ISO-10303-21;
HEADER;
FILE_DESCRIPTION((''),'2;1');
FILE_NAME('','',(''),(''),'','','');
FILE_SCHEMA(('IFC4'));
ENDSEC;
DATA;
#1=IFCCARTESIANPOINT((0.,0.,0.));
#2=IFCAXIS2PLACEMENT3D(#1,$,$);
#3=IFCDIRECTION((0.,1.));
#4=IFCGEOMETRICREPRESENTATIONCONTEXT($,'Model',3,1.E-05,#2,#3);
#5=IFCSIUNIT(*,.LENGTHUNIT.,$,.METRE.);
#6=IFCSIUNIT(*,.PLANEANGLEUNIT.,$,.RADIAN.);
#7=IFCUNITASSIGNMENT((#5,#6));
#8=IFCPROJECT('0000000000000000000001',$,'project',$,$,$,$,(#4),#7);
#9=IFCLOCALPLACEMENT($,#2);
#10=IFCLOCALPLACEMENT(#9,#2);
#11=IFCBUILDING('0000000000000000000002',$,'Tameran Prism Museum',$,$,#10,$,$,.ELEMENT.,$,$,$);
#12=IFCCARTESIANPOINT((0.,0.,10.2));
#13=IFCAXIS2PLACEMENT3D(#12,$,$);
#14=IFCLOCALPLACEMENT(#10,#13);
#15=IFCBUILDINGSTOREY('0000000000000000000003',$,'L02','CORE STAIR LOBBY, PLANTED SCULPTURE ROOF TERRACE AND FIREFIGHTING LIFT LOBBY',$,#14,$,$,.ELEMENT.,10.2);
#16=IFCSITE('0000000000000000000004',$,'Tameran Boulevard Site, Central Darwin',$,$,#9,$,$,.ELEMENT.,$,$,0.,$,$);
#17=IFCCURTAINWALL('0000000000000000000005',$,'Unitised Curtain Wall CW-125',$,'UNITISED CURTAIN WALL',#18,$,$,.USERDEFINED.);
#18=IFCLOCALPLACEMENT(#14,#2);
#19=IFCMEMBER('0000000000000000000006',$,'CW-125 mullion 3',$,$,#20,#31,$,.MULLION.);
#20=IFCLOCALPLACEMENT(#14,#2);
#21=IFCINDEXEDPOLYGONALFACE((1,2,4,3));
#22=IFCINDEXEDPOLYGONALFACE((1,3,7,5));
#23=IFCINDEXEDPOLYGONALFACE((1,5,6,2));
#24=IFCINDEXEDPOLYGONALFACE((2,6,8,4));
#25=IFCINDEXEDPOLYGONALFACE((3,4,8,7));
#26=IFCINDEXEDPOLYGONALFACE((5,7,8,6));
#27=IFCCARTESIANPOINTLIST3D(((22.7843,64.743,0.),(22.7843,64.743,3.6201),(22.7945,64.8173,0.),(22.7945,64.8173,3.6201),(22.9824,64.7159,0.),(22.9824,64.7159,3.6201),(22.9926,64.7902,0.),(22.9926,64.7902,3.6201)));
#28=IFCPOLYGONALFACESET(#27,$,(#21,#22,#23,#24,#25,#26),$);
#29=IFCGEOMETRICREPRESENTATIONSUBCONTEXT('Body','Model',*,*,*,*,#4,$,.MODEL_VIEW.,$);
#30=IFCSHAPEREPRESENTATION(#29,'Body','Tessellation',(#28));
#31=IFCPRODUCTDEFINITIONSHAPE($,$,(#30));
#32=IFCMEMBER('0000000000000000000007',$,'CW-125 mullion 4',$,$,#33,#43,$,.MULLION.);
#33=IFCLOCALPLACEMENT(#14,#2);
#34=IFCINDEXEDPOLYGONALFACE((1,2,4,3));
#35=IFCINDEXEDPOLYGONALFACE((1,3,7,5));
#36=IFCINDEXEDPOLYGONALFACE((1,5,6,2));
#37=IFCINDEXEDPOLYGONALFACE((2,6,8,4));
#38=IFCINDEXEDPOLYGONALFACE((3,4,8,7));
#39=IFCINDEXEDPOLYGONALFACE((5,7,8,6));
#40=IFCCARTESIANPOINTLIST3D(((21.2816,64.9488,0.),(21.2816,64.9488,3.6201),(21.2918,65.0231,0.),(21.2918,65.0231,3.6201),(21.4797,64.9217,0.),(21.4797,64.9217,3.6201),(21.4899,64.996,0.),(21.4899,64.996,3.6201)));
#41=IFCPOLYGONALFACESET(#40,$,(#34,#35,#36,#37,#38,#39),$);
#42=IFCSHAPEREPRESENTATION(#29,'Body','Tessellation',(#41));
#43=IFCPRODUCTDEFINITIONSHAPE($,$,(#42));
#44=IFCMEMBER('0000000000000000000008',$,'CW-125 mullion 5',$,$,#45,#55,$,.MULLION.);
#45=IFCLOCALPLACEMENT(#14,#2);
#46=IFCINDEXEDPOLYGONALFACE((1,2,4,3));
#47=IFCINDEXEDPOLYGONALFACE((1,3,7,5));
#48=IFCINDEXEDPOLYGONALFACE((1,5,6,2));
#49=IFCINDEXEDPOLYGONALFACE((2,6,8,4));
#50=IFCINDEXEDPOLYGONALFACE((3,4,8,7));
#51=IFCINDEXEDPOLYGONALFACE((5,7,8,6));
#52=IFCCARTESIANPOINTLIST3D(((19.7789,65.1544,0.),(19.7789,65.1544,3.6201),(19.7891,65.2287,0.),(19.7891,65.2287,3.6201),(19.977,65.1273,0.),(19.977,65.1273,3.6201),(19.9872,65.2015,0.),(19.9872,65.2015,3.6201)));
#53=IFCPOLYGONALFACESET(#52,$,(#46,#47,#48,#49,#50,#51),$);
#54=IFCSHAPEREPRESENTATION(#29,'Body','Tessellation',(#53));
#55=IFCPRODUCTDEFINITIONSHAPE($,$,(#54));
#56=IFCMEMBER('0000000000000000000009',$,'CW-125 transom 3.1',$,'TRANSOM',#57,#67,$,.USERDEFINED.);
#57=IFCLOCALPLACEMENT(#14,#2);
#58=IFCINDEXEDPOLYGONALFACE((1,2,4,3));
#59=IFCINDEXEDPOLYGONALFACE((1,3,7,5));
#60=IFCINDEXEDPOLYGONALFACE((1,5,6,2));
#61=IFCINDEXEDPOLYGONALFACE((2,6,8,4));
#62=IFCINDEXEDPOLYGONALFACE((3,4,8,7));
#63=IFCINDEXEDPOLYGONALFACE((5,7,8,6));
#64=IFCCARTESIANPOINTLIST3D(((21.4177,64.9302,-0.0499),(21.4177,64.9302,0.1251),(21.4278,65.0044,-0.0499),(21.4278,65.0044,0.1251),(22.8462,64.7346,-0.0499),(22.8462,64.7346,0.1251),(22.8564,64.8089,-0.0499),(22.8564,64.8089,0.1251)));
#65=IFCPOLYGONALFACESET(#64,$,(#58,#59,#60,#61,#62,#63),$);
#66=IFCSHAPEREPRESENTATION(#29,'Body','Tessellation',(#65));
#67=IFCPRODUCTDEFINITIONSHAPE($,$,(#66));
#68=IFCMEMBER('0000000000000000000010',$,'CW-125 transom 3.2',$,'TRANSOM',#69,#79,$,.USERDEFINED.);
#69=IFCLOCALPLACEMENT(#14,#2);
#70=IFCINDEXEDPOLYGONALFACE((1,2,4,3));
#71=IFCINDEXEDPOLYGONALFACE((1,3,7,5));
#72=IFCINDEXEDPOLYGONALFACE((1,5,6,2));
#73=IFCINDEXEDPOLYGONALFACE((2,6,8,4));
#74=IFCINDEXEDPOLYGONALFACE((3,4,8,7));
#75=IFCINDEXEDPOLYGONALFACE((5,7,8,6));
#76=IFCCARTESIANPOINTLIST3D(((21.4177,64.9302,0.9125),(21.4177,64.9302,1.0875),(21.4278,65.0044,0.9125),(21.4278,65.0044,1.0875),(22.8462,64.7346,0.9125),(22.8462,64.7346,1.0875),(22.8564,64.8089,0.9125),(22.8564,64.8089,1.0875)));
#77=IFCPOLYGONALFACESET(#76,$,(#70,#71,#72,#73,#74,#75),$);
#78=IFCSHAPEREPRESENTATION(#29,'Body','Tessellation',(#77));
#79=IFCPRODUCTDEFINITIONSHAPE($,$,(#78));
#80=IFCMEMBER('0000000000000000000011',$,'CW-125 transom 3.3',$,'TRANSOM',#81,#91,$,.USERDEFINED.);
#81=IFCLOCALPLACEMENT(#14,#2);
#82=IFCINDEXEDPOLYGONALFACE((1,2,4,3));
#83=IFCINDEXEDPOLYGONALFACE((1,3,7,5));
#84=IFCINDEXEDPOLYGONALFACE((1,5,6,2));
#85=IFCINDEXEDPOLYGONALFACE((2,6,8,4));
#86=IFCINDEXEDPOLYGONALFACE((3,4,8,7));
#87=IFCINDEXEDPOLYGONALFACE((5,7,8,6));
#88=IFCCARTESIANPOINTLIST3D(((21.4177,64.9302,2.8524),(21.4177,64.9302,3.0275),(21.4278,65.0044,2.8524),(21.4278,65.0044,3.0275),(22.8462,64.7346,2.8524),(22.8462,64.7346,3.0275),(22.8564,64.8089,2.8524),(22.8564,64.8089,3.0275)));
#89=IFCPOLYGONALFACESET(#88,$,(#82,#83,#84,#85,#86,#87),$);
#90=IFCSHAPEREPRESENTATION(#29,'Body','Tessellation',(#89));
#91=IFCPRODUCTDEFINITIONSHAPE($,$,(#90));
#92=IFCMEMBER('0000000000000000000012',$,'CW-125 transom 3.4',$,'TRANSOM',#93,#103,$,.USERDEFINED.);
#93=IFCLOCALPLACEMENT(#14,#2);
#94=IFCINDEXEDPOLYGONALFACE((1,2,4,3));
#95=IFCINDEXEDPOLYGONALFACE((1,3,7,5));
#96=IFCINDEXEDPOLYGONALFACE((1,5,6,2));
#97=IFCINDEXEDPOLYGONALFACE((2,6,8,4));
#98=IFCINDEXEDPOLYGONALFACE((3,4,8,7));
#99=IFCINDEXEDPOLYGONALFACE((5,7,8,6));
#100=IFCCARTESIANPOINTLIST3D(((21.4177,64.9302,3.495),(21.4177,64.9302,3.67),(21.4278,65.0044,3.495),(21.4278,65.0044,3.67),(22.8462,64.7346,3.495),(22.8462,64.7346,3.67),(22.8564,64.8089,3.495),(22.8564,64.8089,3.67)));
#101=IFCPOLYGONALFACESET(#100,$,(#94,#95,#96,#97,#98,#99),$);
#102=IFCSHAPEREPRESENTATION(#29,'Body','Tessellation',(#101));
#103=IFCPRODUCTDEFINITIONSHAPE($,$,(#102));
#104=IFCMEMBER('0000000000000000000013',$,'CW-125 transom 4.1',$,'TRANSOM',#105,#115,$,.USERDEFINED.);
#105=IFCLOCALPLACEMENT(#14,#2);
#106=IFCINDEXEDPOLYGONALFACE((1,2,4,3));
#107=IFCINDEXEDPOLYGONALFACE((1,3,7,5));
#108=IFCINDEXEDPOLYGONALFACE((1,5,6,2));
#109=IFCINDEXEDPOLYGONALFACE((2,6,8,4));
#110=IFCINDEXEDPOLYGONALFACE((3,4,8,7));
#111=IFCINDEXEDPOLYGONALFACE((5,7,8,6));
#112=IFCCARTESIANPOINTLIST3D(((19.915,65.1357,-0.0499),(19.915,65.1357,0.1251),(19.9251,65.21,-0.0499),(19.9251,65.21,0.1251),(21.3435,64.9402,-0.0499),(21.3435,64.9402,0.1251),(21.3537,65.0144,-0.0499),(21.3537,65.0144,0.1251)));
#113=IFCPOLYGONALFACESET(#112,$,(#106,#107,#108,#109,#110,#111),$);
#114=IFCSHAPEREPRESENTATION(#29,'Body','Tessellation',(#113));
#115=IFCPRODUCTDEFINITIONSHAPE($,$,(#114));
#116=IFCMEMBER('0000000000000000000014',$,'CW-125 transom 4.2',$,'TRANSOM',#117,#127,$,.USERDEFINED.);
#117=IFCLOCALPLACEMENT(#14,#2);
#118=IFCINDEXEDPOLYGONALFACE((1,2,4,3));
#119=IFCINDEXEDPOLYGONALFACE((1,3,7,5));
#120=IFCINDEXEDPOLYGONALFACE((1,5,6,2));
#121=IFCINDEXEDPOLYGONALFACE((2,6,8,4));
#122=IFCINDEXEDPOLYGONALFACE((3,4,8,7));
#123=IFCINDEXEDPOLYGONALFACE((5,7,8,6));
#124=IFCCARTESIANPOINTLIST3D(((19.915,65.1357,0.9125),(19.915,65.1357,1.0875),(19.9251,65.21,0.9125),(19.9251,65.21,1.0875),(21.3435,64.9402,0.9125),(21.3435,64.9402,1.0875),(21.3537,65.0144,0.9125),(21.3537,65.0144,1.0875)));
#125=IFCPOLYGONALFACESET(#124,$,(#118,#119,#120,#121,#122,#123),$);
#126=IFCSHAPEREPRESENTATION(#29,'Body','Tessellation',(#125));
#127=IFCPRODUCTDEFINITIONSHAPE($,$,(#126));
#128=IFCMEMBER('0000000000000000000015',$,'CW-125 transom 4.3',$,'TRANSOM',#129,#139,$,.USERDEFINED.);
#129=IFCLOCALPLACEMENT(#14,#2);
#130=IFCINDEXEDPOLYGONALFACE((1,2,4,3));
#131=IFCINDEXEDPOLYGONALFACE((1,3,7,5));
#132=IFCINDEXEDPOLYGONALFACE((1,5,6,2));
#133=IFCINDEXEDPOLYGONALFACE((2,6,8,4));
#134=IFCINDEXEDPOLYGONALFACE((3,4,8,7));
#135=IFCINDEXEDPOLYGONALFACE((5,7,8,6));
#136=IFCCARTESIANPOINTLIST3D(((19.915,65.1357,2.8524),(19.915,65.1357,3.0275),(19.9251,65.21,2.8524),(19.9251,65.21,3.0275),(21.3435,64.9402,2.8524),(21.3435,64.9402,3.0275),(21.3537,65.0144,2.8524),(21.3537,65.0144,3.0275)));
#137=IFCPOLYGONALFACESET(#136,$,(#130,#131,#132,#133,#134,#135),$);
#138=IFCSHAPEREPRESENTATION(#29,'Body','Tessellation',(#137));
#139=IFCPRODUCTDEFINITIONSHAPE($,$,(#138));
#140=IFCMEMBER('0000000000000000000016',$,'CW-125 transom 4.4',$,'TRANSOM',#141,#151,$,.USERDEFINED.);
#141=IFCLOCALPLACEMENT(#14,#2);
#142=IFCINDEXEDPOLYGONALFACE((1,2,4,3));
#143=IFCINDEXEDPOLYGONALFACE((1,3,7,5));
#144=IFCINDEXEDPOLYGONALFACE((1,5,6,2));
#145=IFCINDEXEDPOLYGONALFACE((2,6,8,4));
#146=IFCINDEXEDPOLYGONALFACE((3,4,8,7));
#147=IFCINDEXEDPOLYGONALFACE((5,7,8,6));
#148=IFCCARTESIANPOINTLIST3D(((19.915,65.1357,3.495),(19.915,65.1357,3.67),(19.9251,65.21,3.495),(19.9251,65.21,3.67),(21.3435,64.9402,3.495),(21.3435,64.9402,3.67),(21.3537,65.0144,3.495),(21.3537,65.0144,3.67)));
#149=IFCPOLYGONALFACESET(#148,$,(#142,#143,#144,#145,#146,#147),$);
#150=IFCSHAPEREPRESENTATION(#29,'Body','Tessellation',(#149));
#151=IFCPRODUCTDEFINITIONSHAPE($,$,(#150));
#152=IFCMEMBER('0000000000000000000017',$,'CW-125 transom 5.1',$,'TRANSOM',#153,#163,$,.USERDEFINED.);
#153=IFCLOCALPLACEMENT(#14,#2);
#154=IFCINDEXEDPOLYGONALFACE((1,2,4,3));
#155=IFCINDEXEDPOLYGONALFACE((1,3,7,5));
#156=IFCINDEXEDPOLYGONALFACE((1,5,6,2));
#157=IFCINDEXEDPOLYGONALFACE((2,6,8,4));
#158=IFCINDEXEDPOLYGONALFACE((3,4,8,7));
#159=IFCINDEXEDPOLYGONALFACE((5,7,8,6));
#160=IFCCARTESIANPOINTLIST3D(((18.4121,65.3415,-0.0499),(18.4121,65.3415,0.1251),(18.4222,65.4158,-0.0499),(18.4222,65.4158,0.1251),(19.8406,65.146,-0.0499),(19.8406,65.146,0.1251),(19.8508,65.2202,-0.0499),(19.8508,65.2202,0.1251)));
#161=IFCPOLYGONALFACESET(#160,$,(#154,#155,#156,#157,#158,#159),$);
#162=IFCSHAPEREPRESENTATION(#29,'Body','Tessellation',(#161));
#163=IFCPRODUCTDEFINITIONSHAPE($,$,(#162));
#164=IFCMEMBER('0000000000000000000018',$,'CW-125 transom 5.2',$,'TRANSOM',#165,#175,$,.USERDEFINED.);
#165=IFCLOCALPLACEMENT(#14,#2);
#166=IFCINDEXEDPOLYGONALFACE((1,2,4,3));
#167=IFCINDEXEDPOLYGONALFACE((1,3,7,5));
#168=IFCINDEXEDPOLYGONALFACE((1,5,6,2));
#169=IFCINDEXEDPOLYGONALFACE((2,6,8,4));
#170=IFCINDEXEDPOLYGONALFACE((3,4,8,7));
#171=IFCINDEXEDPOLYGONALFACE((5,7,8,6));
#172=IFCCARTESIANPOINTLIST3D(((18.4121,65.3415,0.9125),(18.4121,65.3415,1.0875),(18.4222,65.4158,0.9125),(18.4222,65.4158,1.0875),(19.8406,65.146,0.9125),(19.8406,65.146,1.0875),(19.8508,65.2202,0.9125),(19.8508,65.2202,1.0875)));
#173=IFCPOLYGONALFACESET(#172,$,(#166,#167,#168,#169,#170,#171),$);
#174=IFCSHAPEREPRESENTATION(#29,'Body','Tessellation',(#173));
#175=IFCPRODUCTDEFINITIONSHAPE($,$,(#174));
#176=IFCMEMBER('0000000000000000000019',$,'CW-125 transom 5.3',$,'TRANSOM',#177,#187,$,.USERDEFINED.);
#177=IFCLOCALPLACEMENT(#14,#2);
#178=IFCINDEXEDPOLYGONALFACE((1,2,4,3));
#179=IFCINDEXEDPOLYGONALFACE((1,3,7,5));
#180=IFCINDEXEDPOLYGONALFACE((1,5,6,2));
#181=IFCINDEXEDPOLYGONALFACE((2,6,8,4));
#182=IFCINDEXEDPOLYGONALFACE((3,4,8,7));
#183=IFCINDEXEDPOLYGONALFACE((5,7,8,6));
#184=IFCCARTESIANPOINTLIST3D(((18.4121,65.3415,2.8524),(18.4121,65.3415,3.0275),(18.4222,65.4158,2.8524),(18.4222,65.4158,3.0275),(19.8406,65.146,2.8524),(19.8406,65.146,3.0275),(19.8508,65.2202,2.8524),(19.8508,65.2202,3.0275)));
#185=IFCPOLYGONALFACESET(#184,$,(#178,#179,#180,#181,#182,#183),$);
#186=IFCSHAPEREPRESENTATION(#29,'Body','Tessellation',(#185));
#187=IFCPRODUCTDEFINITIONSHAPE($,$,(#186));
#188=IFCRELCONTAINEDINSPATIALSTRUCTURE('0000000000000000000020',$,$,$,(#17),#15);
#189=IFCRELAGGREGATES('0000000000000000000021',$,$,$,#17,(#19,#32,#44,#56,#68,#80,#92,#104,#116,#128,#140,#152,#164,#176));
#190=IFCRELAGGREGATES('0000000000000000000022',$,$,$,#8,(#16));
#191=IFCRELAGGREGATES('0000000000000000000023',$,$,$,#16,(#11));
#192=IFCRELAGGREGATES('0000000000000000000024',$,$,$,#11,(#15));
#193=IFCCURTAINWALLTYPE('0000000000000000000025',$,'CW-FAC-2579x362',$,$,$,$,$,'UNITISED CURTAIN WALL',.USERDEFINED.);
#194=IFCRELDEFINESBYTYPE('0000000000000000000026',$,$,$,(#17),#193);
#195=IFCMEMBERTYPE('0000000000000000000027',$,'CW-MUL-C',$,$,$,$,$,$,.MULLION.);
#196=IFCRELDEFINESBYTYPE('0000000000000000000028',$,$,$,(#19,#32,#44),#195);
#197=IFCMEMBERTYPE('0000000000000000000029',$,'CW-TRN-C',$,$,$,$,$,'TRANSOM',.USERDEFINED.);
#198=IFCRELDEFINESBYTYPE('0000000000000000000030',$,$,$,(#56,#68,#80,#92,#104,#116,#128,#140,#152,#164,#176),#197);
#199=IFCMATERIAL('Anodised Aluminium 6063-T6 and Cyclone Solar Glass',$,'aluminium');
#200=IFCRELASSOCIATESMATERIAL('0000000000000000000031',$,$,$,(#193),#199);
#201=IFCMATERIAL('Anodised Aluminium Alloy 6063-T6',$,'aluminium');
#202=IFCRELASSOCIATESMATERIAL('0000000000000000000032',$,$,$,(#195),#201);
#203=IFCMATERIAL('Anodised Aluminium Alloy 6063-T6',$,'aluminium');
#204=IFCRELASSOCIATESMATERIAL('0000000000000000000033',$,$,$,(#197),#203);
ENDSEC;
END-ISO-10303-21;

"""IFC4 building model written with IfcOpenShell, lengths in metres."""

from ifc_helpers import new_model, si_unit, direction, frame, origin, origin_2d, place, context, subcontext, project, spatial, rectangle, extrude, material, material_profile, profile_set, type_object, element, aggregate, save


model = new_model("IFC4")

# Units and contexts
model_context = context("Model", 3, precision=1e-05, world=origin(), true_north=direction((0.0, 1.0)))
body_context = subcontext(model_context, "Body", "Model", "MODEL_VIEW")
ifc_project = project(units=[si_unit("LENGTHUNIT", "METRE"), si_unit("PLANEANGLEUNIT", "RADIAN")], contexts=[model_context])

# Site, building, storey
site_placement = place(None, origin())
site = spatial("IfcSite", under=ifc_project, at=site_placement, Name="Tameran Boulevard Site, Central Darwin", CompositionType="ELEMENT", RefElevation=0.0)
building_placement = place(site_placement, origin())
building = spatial("IfcBuilding", under=site, at=building_placement, Name="Tameran Prism Museum", CompositionType="ELEMENT")
storey_placement = place(building_placement, frame((0.0, 0.0, 10.2)))
storey = spatial("IfcBuildingStorey", under=building, at=storey_placement, Name="L02", Description="CORE STAIR LOBBY, PLANTED SCULPTURE ROOF TERRACE AND FIREFIGHTING LIFT LOBBY", CompositionType="ELEMENT", Elevation=10.2)

# Curtain wall, members
ifc_material_1 = material(Name="Anodised Aluminium 6063-T6 and Cyclone Solar Glass", Category="aluminium")
curtain_wall_type = type_object("IfcCurtainWallType", Name="CW-FAC-2579x362", ElementType="UNITISED CURTAIN WALL", PredefinedType="USERDEFINED", material=ifc_material_1)
curtain_wall_placement = place(storey_placement, origin())
curtain_wall = element("IfcCurtainWall", 1, at=curtain_wall_placement, inside=storey, type_object=curtain_wall_type, Name="Unitised Curtain Wall CW-125", ObjectType="UNITISED CURTAIN WALL", PredefinedType="USERDEFINED")
ifc_material_2 = material(Name="Anodised Aluminium Alloy 6063-T6", Category="aluminium")
ifc_material_profile_1 = material_profile(ifc_material_2, rectangle(XDim=0.075, YDim=0.2, at=origin_2d()))
ifc_profile_set_1 = profile_set([ifc_material_profile_1])
member_type_1 = type_object("IfcMemberType", Name="CW-MUL-C", PredefinedType="MULLION", material=ifc_profile_set_1)
member_1_placement = place(storey_placement, frame((22.8884, 64.7666, 0.0), z_axis=(0.0, 0.0, 1.0), x_axis=(-0.135658, -0.990756, 0.0)))
member_1 = element("IfcMember", 2, at=member_1_placement, type_object=member_type_1, Name="CW-125 mullion 3", PredefinedType="MULLION", context=body_context, shape_type="SweptSolid", body=[
    extrude(rectangle(XDim=0.075, YDim=0.2, at=origin_2d()), origin(), (0.0, 0.0, 1.0), 3.6201),
])
member_2_placement = place(storey_placement, frame((21.3857, 64.9724, 0.0), z_axis=(0.0, 0.0, 1.0), x_axis=(-0.135658, -0.990756, 0.0)))
member_2 = element("IfcMember", 3, at=member_2_placement, type_object=member_type_1, Name="CW-125 mullion 4", PredefinedType="MULLION", context=body_context, shape_type="SweptSolid", body=[
    extrude(rectangle(XDim=0.075, YDim=0.2, at=origin_2d()), origin(), (0.0, 0.0, 1.0), 3.6201),
])
member_3_placement = place(storey_placement, frame((19.8831, 65.178, 0.0), z_axis=(0.0, 0.0, 1.0), x_axis=(-0.135658, -0.990756, 0.0)))
member_3 = element("IfcMember", 4, at=member_3_placement, type_object=member_type_1, Name="CW-125 mullion 5", PredefinedType="MULLION", context=body_context, shape_type="SweptSolid", body=[
    extrude(rectangle(XDim=0.075, YDim=0.2, at=origin_2d()), origin(), (0.0, 0.0, 1.0), 3.6201),
])
ifc_material_3 = material(Name="Anodised Aluminium Alloy 6063-T6", Category="aluminium")
ifc_material_profile_2 = material_profile(ifc_material_3, rectangle(XDim=0.075, YDim=0.175, at=origin_2d()))
ifc_profile_set_2 = profile_set([ifc_material_profile_2])
member_type_2 = type_object("IfcMemberType", Name="CW-TRN-C", ElementType="TRANSOM", PredefinedType="USERDEFINED", material=ifc_profile_set_2)
member_4_placement = place(storey_placement, frame((22.8513, 64.7717, 0.0376), z_axis=(-0.990759, 0.135635, 0.0), x_axis=(-0.135635, -0.990759, 0.0)))
member_4 = element("IfcMember", 5, at=member_4_placement, type_object=member_type_2, Name="CW-125 transom 3.1", ObjectType="TRANSOM", PredefinedType="USERDEFINED", context=body_context, shape_type="SweptSolid", body=[
    extrude(rectangle(XDim=0.075, YDim=0.175, at=origin_2d()), origin(), (0.0, 0.0, 1.0), 1.4419),
])
member_5_placement = place(storey_placement, frame((22.8513, 64.7717, 1.0), z_axis=(-0.990759, 0.135635, 0.0), x_axis=(-0.135635, -0.990759, 0.0)))
member_5 = element("IfcMember", 6, at=member_5_placement, type_object=member_type_2, Name="CW-125 transom 3.2", ObjectType="TRANSOM", PredefinedType="USERDEFINED", context=body_context, shape_type="SweptSolid", body=[
    extrude(rectangle(XDim=0.075, YDim=0.175, at=origin_2d()), origin(), (0.0, 0.0, 1.0), 1.4419),
])
member_6_placement = place(storey_placement, frame((22.8513, 64.7717, 2.9399), z_axis=(-0.990759, 0.135635, 0.0), x_axis=(-0.135635, -0.990759, 0.0)))
member_6 = element("IfcMember", 7, at=member_6_placement, type_object=member_type_2, Name="CW-125 transom 3.3", ObjectType="TRANSOM", PredefinedType="USERDEFINED", context=body_context, shape_type="SweptSolid", body=[
    extrude(rectangle(XDim=0.075, YDim=0.175, at=origin_2d()), origin(), (0.0, 0.0, 1.0), 1.4419),
])
member_7_placement = place(storey_placement, frame((22.8513, 64.7717, 3.5825), z_axis=(-0.990759, 0.135635, 0.0), x_axis=(-0.135635, -0.990759, 0.0)))
member_7 = element("IfcMember", 8, at=member_7_placement, type_object=member_type_2, Name="CW-125 transom 3.4", ObjectType="TRANSOM", PredefinedType="USERDEFINED", context=body_context, shape_type="SweptSolid", body=[
    extrude(rectangle(XDim=0.075, YDim=0.175, at=origin_2d()), origin(), (0.0, 0.0, 1.0), 1.4419),
])
member_8_placement = place(storey_placement, frame((21.3486, 64.9773, 0.0376), z_axis=(-0.990759, 0.135635, 0.0), x_axis=(-0.135635, -0.990759, 0.0)))
member_8 = element("IfcMember", 9, at=member_8_placement, type_object=member_type_2, Name="CW-125 transom 4.1", ObjectType="TRANSOM", PredefinedType="USERDEFINED", context=body_context, shape_type="SweptSolid", body=[
    extrude(rectangle(XDim=0.075, YDim=0.175, at=origin_2d()), origin(), (0.0, 0.0, 1.0), 1.4419),
])
member_9_placement = place(storey_placement, frame((21.3486, 64.9773, 1.0), z_axis=(-0.990759, 0.135635, 0.0), x_axis=(-0.135635, -0.990759, 0.0)))
member_9 = element("IfcMember", 10, at=member_9_placement, type_object=member_type_2, Name="CW-125 transom 4.2", ObjectType="TRANSOM", PredefinedType="USERDEFINED", context=body_context, shape_type="SweptSolid", body=[
    extrude(rectangle(XDim=0.075, YDim=0.175, at=origin_2d()), origin(), (0.0, 0.0, 1.0), 1.4419),
])
member_10_placement = place(storey_placement, frame((21.3486, 64.9773, 2.9399), z_axis=(-0.990759, 0.135635, 0.0), x_axis=(-0.135635, -0.990759, 0.0)))
member_10 = element("IfcMember", 11, at=member_10_placement, type_object=member_type_2, Name="CW-125 transom 4.3", ObjectType="TRANSOM", PredefinedType="USERDEFINED", context=body_context, shape_type="SweptSolid", body=[
    extrude(rectangle(XDim=0.075, YDim=0.175, at=origin_2d()), origin(), (0.0, 0.0, 1.0), 1.4419),
])
member_11_placement = place(storey_placement, frame((21.3486, 64.9773, 3.5825), z_axis=(-0.990759, 0.135635, 0.0), x_axis=(-0.135635, -0.990759, 0.0)))
member_11 = element("IfcMember", 12, at=member_11_placement, type_object=member_type_2, Name="CW-125 transom 4.4", ObjectType="TRANSOM", PredefinedType="USERDEFINED", context=body_context, shape_type="SweptSolid", body=[
    extrude(rectangle(XDim=0.075, YDim=0.175, at=origin_2d()), origin(), (0.0, 0.0, 1.0), 1.4419),
])
member_12_placement = place(storey_placement, frame((19.8457, 65.1831, 0.0376), z_axis=(-0.990759, 0.135635, 0.0), x_axis=(-0.135635, -0.990759, 0.0)))
member_12 = element("IfcMember", 13, at=member_12_placement, type_object=member_type_2, Name="CW-125 transom 5.1", ObjectType="TRANSOM", PredefinedType="USERDEFINED", context=body_context, shape_type="SweptSolid", body=[
    extrude(rectangle(XDim=0.075, YDim=0.175, at=origin_2d()), origin(), (0.0, 0.0, 1.0), 1.4419),
])
member_13_placement = place(storey_placement, frame((19.8457, 65.1831, 1.0), z_axis=(-0.990759, 0.135635, 0.0), x_axis=(-0.135635, -0.990759, 0.0)))
member_13 = element("IfcMember", 14, at=member_13_placement, type_object=member_type_2, Name="CW-125 transom 5.2", ObjectType="TRANSOM", PredefinedType="USERDEFINED", context=body_context, shape_type="SweptSolid", body=[
    extrude(rectangle(XDim=0.075, YDim=0.175, at=origin_2d()), origin(), (0.0, 0.0, 1.0), 1.4419),
])
member_14_placement = place(storey_placement, frame((19.8457, 65.1831, 2.9399), z_axis=(-0.990759, 0.135635, 0.0), x_axis=(-0.135635, -0.990759, 0.0)))
member_14 = element("IfcMember", 15, at=member_14_placement, type_object=member_type_2, Name="CW-125 transom 5.3", ObjectType="TRANSOM", PredefinedType="USERDEFINED", context=body_context, shape_type="SweptSolid", body=[
    extrude(rectangle(XDim=0.075, YDim=0.175, at=origin_2d()), origin(), (0.0, 0.0, 1.0), 1.4419),
])
aggregate(curtain_wall, [member_1, member_2, member_3, member_4, member_5, member_6, member_7, member_8, member_9, member_10, member_11, member_12, member_13, member_14])

save(model, "model.ifc")
